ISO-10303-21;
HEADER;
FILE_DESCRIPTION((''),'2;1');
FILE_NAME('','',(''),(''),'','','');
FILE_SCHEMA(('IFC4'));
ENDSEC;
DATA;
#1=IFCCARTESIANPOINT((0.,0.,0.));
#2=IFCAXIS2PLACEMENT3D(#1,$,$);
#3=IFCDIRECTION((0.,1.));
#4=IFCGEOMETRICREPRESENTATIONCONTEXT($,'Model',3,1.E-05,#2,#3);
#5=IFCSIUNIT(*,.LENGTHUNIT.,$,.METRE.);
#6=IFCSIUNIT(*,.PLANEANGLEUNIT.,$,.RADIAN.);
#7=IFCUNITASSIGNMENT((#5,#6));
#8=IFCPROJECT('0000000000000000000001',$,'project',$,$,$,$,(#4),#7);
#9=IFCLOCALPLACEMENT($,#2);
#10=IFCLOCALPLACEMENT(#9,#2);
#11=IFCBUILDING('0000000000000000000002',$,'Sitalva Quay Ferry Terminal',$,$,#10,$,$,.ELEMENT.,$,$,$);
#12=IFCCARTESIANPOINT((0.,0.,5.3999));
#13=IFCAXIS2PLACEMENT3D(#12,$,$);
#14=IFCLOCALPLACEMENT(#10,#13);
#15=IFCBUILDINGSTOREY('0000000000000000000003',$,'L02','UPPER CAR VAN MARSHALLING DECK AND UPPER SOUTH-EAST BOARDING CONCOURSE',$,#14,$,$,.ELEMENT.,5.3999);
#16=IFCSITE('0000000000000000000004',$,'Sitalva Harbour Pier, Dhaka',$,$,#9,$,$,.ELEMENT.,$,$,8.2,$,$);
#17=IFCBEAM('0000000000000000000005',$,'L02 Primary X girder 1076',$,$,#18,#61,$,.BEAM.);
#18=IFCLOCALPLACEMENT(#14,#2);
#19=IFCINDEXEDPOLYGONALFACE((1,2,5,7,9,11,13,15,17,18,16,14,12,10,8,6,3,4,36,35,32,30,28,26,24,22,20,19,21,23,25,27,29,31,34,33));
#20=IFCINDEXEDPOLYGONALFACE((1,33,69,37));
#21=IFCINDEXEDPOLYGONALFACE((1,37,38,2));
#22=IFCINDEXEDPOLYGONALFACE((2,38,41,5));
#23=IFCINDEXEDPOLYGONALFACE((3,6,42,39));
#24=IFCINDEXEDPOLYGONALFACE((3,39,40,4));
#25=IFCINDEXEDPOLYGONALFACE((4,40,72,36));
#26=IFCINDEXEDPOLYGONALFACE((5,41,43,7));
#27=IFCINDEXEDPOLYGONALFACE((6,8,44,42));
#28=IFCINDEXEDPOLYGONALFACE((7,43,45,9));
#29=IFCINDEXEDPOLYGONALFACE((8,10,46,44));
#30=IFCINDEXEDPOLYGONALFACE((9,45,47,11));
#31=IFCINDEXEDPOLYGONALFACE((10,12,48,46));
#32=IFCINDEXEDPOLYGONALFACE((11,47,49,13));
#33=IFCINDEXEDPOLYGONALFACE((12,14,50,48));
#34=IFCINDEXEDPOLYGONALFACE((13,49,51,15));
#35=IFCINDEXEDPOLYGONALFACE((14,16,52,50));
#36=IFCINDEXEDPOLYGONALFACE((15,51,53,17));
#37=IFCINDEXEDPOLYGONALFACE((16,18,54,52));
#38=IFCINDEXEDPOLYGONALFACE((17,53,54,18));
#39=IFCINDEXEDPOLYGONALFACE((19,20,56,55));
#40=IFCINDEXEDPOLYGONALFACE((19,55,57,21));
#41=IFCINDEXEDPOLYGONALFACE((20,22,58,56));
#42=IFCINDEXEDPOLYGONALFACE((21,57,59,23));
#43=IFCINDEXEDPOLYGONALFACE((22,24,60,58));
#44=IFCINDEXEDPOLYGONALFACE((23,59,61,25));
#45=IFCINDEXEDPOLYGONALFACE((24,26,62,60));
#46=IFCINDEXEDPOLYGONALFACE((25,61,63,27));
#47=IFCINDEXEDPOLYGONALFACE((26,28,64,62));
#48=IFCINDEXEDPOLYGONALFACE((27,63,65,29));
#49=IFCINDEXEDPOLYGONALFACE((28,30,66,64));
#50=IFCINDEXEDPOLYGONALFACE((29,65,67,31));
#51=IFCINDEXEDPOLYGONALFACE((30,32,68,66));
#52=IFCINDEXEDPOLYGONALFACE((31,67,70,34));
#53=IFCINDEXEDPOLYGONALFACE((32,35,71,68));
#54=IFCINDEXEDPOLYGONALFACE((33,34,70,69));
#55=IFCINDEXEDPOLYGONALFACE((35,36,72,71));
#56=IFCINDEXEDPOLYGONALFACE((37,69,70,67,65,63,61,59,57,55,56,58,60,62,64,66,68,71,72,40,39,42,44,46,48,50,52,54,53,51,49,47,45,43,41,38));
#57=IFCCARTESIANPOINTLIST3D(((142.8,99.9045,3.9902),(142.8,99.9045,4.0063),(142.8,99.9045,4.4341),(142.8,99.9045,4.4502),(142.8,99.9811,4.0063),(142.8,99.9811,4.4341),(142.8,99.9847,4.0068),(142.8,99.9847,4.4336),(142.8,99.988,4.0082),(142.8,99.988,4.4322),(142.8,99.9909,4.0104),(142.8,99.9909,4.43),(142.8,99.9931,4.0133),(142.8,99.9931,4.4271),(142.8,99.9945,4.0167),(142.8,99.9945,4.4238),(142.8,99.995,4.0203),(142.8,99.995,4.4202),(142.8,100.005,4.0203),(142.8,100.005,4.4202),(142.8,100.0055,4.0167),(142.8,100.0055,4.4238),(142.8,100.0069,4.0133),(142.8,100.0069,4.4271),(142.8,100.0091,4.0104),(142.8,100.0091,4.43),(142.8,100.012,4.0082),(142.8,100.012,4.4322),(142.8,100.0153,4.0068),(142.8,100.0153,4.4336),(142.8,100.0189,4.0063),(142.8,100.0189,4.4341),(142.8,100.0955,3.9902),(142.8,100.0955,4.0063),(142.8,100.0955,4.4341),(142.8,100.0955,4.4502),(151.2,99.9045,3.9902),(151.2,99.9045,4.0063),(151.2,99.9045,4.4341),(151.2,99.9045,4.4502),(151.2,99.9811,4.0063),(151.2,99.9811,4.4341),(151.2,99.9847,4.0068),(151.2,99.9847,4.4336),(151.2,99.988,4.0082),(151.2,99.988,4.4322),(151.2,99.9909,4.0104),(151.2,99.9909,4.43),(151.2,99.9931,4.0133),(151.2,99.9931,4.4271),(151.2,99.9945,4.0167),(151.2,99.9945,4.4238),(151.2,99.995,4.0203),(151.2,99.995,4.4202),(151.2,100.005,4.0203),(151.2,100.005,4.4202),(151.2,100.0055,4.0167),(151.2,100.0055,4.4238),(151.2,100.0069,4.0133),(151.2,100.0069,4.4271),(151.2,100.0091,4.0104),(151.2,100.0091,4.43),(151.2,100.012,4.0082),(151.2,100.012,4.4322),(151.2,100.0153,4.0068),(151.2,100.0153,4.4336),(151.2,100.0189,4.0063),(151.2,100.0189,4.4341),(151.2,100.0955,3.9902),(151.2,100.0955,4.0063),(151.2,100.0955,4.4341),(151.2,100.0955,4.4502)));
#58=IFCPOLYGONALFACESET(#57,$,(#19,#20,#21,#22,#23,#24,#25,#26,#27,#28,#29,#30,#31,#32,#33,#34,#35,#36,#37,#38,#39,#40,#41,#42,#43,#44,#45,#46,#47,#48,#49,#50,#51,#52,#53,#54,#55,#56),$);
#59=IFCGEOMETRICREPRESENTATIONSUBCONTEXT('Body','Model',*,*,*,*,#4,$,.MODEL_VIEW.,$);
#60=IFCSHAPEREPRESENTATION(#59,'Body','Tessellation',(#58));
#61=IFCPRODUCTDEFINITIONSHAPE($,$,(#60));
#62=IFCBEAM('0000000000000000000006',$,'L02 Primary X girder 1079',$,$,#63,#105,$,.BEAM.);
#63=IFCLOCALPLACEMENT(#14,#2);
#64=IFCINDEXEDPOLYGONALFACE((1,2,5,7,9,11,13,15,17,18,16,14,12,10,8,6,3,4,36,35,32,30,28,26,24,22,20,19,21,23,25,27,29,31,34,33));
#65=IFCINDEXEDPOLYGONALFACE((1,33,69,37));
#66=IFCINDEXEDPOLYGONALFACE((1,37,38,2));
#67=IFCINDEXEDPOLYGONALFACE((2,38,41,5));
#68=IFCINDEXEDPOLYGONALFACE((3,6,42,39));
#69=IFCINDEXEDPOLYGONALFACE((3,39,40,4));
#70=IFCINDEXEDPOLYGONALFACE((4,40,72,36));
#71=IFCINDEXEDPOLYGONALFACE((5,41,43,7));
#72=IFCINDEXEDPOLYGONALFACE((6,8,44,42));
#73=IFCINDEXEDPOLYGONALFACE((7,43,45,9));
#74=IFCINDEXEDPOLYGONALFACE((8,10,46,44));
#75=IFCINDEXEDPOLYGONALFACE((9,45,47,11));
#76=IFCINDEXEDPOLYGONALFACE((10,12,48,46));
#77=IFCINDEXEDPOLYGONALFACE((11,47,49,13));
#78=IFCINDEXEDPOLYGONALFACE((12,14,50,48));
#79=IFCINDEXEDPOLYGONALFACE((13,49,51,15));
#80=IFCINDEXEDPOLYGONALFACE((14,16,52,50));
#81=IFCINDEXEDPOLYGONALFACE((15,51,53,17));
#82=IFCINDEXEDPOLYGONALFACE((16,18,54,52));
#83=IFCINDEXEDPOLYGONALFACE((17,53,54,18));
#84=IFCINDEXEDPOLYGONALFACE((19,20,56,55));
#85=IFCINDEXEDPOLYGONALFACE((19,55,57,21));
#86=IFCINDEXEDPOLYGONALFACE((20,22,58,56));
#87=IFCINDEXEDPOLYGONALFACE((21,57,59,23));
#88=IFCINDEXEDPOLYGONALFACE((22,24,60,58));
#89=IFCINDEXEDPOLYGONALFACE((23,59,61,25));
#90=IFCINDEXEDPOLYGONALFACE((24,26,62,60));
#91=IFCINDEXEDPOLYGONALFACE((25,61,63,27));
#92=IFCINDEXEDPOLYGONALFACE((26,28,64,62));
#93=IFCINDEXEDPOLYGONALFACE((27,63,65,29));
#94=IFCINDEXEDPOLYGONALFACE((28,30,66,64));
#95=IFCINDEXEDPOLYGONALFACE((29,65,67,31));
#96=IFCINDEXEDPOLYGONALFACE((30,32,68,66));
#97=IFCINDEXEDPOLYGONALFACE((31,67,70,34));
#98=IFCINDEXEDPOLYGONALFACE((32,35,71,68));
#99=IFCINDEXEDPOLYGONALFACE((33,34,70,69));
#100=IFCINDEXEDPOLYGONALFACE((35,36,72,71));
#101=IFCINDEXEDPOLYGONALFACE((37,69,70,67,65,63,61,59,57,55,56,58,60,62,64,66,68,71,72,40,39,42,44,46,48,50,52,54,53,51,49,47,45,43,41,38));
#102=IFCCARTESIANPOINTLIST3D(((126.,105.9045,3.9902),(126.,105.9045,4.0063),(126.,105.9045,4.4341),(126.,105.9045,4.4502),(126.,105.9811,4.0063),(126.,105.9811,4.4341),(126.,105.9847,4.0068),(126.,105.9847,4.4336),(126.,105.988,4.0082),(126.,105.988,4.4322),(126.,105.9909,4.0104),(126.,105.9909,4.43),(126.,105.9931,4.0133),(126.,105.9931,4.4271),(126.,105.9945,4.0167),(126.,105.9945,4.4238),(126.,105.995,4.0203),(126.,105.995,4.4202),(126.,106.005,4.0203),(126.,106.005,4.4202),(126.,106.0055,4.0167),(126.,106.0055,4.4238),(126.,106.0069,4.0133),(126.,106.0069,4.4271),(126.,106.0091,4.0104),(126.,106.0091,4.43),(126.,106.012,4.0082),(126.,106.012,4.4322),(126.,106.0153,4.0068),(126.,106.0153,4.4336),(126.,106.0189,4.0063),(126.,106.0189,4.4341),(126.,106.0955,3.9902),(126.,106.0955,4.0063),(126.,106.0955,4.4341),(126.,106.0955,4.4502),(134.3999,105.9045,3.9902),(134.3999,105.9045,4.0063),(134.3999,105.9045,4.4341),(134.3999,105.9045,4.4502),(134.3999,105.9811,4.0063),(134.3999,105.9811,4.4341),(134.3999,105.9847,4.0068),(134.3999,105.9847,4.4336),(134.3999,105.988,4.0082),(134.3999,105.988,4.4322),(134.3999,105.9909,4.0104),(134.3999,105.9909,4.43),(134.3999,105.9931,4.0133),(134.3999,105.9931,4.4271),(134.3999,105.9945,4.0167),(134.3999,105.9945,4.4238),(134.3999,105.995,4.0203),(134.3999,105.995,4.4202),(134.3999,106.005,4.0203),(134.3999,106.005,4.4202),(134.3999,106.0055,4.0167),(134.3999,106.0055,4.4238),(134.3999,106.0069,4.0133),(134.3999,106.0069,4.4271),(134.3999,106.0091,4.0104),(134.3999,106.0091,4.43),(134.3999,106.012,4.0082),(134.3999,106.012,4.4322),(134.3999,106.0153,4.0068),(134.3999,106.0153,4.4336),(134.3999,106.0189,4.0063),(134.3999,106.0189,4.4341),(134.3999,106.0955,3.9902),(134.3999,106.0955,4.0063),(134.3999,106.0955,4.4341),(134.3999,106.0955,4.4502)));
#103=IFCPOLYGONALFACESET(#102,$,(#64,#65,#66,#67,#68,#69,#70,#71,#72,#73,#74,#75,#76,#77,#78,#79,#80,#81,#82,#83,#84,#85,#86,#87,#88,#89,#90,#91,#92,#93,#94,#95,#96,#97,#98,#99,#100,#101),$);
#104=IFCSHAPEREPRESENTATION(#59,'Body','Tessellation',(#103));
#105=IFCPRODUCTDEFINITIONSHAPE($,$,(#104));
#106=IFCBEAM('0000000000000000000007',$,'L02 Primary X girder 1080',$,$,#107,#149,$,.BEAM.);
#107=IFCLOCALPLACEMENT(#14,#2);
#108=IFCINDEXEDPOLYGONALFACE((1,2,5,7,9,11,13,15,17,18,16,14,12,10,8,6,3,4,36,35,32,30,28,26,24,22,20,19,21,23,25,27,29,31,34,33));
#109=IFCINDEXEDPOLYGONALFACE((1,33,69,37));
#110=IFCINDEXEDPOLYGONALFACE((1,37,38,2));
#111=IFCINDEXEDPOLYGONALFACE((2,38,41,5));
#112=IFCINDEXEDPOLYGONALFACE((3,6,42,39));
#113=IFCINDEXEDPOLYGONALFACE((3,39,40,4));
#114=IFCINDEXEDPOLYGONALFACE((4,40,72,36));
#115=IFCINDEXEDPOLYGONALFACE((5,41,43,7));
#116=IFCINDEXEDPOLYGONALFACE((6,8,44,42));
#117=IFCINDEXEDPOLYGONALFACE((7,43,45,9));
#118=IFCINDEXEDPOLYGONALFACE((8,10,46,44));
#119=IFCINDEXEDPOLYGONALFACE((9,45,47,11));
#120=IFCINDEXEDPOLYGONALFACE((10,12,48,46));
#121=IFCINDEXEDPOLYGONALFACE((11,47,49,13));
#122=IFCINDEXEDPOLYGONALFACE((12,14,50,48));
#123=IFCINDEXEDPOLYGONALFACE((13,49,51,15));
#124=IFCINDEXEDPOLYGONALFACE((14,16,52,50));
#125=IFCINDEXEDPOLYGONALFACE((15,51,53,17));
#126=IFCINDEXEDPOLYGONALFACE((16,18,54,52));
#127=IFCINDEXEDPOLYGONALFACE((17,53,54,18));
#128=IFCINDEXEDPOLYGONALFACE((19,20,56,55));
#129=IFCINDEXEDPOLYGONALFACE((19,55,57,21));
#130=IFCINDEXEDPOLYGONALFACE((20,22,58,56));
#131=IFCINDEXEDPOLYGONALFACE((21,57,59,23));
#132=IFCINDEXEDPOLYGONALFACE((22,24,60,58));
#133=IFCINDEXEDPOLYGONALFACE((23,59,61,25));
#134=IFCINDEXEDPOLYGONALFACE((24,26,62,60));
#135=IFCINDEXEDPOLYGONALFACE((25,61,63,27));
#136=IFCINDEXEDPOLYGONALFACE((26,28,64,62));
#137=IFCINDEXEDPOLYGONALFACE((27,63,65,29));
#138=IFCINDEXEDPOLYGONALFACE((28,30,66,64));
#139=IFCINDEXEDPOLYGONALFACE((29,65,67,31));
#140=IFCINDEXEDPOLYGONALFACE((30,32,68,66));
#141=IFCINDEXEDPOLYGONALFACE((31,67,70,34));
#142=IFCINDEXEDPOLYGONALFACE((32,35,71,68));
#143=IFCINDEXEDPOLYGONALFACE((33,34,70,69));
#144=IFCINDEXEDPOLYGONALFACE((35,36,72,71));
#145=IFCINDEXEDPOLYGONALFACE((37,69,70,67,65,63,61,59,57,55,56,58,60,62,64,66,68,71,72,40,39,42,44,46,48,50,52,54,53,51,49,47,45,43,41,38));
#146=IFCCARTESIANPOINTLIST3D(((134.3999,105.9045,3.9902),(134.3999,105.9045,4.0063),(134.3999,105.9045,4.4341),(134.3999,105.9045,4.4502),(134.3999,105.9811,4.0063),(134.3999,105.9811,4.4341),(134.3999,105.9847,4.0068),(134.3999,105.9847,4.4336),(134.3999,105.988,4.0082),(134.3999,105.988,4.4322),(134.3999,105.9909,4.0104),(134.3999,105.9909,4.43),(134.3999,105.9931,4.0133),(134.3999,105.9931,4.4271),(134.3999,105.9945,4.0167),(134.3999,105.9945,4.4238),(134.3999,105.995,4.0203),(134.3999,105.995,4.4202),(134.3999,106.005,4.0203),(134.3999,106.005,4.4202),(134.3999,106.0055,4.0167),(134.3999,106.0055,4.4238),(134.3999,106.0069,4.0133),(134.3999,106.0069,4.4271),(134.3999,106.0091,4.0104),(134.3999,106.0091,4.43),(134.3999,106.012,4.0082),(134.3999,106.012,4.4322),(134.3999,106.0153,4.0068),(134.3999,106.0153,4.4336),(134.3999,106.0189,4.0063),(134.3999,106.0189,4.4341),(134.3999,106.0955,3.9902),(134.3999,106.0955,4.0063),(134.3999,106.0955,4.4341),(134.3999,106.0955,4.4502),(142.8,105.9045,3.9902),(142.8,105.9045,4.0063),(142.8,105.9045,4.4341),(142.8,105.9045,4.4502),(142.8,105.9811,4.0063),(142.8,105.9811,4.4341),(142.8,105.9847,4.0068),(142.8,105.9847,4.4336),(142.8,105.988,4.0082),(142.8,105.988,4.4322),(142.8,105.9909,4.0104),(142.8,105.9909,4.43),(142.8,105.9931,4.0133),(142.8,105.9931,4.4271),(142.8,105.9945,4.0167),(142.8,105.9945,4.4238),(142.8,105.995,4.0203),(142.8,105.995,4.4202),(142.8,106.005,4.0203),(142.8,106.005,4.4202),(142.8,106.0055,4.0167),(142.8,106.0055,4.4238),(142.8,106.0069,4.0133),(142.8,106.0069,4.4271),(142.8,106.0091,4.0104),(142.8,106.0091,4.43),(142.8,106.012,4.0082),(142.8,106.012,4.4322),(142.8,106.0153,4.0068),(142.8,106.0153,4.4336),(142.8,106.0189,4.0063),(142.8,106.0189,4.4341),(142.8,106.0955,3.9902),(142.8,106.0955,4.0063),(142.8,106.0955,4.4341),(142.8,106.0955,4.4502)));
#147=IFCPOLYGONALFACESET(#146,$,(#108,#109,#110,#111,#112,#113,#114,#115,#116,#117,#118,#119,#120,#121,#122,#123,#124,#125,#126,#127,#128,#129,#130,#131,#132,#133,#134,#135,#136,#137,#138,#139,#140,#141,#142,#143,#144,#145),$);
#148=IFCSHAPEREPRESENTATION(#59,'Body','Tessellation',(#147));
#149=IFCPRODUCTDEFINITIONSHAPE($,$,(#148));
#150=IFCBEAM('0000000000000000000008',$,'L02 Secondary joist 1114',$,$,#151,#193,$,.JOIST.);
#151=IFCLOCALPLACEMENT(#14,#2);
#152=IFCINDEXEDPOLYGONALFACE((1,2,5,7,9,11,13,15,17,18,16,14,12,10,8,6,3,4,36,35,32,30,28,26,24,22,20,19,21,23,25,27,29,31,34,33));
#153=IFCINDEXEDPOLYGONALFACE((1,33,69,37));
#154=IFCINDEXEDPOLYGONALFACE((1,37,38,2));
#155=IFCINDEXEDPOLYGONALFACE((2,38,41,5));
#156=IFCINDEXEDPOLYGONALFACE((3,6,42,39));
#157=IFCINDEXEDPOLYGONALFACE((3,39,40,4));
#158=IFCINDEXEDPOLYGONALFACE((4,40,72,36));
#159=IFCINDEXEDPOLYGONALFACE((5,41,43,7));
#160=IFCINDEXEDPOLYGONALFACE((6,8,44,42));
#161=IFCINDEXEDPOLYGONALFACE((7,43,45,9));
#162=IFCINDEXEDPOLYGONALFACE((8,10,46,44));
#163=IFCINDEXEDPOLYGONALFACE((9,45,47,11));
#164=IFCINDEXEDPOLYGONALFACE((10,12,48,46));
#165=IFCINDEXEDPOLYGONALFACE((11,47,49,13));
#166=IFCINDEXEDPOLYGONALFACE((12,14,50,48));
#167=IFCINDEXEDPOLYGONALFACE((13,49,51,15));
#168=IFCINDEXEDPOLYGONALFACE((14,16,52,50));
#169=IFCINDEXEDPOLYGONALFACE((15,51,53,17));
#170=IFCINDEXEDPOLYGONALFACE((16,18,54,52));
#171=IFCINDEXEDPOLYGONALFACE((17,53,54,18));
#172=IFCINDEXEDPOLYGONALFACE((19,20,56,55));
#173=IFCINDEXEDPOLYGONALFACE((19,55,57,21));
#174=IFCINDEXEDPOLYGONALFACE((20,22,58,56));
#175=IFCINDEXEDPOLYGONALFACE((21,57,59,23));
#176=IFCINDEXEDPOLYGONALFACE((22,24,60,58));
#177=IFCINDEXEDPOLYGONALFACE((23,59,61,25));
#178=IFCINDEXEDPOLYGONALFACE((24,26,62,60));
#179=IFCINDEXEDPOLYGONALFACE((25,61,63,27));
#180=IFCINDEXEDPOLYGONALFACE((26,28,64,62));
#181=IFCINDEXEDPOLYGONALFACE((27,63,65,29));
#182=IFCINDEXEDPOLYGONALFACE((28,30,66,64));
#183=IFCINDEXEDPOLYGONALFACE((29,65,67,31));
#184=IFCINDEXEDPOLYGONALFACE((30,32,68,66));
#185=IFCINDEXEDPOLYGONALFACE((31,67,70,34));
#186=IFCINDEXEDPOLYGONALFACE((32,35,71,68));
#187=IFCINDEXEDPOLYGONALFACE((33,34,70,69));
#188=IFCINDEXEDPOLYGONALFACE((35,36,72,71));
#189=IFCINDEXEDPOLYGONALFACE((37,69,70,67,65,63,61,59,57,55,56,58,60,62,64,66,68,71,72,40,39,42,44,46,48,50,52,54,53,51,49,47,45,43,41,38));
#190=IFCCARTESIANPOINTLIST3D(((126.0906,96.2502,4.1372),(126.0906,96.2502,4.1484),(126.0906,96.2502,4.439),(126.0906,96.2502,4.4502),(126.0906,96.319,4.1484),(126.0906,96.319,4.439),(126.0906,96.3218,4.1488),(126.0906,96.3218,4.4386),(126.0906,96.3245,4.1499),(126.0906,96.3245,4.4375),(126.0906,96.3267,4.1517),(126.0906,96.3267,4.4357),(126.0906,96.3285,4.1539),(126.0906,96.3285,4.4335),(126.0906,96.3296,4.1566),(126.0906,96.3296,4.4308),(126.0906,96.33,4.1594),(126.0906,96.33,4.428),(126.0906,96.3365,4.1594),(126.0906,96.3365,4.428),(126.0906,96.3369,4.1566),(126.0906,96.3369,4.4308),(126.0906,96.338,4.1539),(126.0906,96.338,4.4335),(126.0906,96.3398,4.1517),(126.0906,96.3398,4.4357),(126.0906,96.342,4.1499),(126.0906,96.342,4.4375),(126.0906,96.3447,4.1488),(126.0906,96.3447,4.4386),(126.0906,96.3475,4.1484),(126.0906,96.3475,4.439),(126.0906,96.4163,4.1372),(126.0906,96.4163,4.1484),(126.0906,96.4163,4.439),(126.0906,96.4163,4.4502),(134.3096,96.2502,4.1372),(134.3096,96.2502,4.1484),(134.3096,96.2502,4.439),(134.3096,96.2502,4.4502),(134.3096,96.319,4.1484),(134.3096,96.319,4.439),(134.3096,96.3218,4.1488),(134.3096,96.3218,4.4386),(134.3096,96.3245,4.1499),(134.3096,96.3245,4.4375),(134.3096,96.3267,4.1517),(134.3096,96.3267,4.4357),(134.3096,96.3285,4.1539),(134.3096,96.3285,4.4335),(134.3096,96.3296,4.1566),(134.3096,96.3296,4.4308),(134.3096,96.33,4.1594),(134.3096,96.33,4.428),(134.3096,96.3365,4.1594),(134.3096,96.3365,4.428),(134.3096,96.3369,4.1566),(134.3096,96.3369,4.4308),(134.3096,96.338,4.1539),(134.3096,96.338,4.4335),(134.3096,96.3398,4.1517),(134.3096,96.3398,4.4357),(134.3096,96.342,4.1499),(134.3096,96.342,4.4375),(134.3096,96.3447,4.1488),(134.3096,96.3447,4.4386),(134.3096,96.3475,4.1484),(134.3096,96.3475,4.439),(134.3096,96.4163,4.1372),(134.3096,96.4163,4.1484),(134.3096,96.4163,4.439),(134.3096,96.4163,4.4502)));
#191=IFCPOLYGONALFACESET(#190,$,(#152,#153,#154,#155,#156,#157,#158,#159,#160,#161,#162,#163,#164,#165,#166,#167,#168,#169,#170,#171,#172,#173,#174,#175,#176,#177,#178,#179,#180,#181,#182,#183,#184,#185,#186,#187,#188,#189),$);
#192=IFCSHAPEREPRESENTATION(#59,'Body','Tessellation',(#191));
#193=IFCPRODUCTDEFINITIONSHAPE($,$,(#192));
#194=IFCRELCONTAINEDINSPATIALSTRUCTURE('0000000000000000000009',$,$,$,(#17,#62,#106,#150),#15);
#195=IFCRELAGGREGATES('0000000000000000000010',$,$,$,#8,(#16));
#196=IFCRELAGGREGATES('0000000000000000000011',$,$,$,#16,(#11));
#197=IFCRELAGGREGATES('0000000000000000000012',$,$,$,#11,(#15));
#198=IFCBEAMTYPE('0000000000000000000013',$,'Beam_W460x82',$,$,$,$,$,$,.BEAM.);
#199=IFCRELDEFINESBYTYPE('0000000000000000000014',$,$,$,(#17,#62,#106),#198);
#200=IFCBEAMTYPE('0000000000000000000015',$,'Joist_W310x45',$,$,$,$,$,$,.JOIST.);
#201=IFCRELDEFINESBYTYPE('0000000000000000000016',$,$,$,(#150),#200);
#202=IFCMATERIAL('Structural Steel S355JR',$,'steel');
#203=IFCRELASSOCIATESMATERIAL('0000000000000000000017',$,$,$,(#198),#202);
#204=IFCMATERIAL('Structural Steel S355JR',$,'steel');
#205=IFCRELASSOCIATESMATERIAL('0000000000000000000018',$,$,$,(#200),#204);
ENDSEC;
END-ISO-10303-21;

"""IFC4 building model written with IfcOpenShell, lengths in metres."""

from ifc_helpers import new_model, si_unit, direction, frame, origin, origin_2d, place, context, subcontext, project, spatial, i_section, extrude, material, material_profile, profile_set, type_object, element, save


model = new_model("IFC4")

# Units and contexts
model_context = context("Model", 3, precision=1e-05, world=origin(), true_north=direction((0.0, 1.0)))
body_context = subcontext(model_context, "Body", "Model", "MODEL_VIEW")
ifc_project = project(units=[si_unit("LENGTHUNIT", "METRE"), si_unit("PLANEANGLEUNIT", "RADIAN")], contexts=[model_context])

# Site, building, storey
site_placement = place(None, origin())
site = spatial("IfcSite", under=ifc_project, at=site_placement, Name="Sitalva Harbour Pier, Dhaka", CompositionType="ELEMENT", RefElevation=8.2)
building_placement = place(site_placement, origin())
building = spatial("IfcBuilding", under=site, at=building_placement, Name="Sitalva Quay Ferry Terminal", CompositionType="ELEMENT")
storey_placement = place(building_placement, frame((0.0, 0.0, 5.3999)))
storey = spatial("IfcBuildingStorey", under=building, at=storey_placement, Name="L02", Description="UPPER CAR VAN MARSHALLING DECK AND UPPER SOUTH-EAST BOARDING CONCOURSE", CompositionType="ELEMENT", Elevation=5.3999)

# Beams
ifc_material_1 = material(Name="Structural Steel S355JR", Category="steel")
ifc_material_profile_1 = material_profile(ifc_material_1, i_section(OverallWidth=0.1909, OverallDepth=0.46, WebThickness=0.01, FlangeThickness=0.0161, FilletRadius=0.0139, at=origin_2d()), Name="W460x82")
ifc_profile_set_1 = profile_set([ifc_material_profile_1], Name="Structural Steel S355JR")
beam_type_1 = type_object("IfcBeamType", Name="Beam_W460x82", PredefinedType="BEAM", material=ifc_profile_set_1)
for number, where, z_axis, x_axis, name in (
    (1, (142.8, 100.0, 4.2202), (1.0, 0.0, 0.0), (0.0, 1.0, 0.0), "L02 Primary X girder 1076"),
    (2, (126.0, 106.0, 4.2202), (1.0, 0.0, 0.0), (0.0, 1.0, 0.0), "L02 Primary X girder 1079"),
):
    element("IfcBeam", number, at=place(storey_placement, frame(where, z_axis=z_axis, x_axis=x_axis)), inside=storey, type_object=beam_type_1, Name=name, PredefinedType="BEAM", context=body_context, shape_type="SweptSolid", body=[
        extrude(i_section(OverallWidth=0.1909, OverallDepth=0.46, WebThickness=0.01, FlangeThickness=0.0161, FilletRadius=0.0139, at=origin_2d()), origin(), (0.0, 0.0, 1.0), 8.3999),
    ])
beam_1_placement = place(storey_placement, frame((134.3999, 106.0, 4.2202), z_axis=(1.0, 0.0, 0.0), x_axis=(0.0, 1.0, 0.0)))
element("IfcBeam", 3, at=beam_1_placement, inside=storey, type_object=beam_type_1, Name="L02 Primary X girder 1080", PredefinedType="BEAM", context=body_context, shape_type="SweptSolid", body=[
    extrude(i_section(OverallWidth=0.1909, OverallDepth=0.46, WebThickness=0.01, FlangeThickness=0.0161, FilletRadius=0.0139, at=origin_2d()), origin(), (0.0, 0.0, 1.0), 8.4001),
])
ifc_material_2 = material(Name="Structural Steel S355JR", Category="steel")
ifc_material_profile_2 = material_profile(ifc_material_2, i_section(OverallWidth=0.166, OverallDepth=0.313, WebThickness=0.0066, FlangeThickness=0.0112, FilletRadius=0.011, at=origin_2d()), Name="W310x45")
ifc_profile_set_2 = profile_set([ifc_material_profile_2], Name="Structural Steel S355JR")
beam_type_2 = type_object("IfcBeamType", Name="Joist_W310x45", PredefinedType="JOIST", material=ifc_profile_set_2)
for number, where, z_axis, x_axis, name in (
    (4, (126.0906, 96.3333, 4.2937), (1.0, 0.0, 0.0), (0.0, 1.0, 0.0), "L02 Secondary joist 1114"),
):
    element("IfcBeam", number, at=place(storey_placement, frame(where, z_axis=z_axis, x_axis=x_axis)), inside=storey, type_object=beam_type_2, Name=name, PredefinedType="JOIST", context=body_context, shape_type="SweptSolid", body=[
        extrude(i_section(OverallWidth=0.166, OverallDepth=0.313, WebThickness=0.0066, FlangeThickness=0.0112, FilletRadius=0.011, at=origin_2d()), origin(), (0.0, 0.0, 1.0), 8.219),
    ])

save(model, "model.ifc")
